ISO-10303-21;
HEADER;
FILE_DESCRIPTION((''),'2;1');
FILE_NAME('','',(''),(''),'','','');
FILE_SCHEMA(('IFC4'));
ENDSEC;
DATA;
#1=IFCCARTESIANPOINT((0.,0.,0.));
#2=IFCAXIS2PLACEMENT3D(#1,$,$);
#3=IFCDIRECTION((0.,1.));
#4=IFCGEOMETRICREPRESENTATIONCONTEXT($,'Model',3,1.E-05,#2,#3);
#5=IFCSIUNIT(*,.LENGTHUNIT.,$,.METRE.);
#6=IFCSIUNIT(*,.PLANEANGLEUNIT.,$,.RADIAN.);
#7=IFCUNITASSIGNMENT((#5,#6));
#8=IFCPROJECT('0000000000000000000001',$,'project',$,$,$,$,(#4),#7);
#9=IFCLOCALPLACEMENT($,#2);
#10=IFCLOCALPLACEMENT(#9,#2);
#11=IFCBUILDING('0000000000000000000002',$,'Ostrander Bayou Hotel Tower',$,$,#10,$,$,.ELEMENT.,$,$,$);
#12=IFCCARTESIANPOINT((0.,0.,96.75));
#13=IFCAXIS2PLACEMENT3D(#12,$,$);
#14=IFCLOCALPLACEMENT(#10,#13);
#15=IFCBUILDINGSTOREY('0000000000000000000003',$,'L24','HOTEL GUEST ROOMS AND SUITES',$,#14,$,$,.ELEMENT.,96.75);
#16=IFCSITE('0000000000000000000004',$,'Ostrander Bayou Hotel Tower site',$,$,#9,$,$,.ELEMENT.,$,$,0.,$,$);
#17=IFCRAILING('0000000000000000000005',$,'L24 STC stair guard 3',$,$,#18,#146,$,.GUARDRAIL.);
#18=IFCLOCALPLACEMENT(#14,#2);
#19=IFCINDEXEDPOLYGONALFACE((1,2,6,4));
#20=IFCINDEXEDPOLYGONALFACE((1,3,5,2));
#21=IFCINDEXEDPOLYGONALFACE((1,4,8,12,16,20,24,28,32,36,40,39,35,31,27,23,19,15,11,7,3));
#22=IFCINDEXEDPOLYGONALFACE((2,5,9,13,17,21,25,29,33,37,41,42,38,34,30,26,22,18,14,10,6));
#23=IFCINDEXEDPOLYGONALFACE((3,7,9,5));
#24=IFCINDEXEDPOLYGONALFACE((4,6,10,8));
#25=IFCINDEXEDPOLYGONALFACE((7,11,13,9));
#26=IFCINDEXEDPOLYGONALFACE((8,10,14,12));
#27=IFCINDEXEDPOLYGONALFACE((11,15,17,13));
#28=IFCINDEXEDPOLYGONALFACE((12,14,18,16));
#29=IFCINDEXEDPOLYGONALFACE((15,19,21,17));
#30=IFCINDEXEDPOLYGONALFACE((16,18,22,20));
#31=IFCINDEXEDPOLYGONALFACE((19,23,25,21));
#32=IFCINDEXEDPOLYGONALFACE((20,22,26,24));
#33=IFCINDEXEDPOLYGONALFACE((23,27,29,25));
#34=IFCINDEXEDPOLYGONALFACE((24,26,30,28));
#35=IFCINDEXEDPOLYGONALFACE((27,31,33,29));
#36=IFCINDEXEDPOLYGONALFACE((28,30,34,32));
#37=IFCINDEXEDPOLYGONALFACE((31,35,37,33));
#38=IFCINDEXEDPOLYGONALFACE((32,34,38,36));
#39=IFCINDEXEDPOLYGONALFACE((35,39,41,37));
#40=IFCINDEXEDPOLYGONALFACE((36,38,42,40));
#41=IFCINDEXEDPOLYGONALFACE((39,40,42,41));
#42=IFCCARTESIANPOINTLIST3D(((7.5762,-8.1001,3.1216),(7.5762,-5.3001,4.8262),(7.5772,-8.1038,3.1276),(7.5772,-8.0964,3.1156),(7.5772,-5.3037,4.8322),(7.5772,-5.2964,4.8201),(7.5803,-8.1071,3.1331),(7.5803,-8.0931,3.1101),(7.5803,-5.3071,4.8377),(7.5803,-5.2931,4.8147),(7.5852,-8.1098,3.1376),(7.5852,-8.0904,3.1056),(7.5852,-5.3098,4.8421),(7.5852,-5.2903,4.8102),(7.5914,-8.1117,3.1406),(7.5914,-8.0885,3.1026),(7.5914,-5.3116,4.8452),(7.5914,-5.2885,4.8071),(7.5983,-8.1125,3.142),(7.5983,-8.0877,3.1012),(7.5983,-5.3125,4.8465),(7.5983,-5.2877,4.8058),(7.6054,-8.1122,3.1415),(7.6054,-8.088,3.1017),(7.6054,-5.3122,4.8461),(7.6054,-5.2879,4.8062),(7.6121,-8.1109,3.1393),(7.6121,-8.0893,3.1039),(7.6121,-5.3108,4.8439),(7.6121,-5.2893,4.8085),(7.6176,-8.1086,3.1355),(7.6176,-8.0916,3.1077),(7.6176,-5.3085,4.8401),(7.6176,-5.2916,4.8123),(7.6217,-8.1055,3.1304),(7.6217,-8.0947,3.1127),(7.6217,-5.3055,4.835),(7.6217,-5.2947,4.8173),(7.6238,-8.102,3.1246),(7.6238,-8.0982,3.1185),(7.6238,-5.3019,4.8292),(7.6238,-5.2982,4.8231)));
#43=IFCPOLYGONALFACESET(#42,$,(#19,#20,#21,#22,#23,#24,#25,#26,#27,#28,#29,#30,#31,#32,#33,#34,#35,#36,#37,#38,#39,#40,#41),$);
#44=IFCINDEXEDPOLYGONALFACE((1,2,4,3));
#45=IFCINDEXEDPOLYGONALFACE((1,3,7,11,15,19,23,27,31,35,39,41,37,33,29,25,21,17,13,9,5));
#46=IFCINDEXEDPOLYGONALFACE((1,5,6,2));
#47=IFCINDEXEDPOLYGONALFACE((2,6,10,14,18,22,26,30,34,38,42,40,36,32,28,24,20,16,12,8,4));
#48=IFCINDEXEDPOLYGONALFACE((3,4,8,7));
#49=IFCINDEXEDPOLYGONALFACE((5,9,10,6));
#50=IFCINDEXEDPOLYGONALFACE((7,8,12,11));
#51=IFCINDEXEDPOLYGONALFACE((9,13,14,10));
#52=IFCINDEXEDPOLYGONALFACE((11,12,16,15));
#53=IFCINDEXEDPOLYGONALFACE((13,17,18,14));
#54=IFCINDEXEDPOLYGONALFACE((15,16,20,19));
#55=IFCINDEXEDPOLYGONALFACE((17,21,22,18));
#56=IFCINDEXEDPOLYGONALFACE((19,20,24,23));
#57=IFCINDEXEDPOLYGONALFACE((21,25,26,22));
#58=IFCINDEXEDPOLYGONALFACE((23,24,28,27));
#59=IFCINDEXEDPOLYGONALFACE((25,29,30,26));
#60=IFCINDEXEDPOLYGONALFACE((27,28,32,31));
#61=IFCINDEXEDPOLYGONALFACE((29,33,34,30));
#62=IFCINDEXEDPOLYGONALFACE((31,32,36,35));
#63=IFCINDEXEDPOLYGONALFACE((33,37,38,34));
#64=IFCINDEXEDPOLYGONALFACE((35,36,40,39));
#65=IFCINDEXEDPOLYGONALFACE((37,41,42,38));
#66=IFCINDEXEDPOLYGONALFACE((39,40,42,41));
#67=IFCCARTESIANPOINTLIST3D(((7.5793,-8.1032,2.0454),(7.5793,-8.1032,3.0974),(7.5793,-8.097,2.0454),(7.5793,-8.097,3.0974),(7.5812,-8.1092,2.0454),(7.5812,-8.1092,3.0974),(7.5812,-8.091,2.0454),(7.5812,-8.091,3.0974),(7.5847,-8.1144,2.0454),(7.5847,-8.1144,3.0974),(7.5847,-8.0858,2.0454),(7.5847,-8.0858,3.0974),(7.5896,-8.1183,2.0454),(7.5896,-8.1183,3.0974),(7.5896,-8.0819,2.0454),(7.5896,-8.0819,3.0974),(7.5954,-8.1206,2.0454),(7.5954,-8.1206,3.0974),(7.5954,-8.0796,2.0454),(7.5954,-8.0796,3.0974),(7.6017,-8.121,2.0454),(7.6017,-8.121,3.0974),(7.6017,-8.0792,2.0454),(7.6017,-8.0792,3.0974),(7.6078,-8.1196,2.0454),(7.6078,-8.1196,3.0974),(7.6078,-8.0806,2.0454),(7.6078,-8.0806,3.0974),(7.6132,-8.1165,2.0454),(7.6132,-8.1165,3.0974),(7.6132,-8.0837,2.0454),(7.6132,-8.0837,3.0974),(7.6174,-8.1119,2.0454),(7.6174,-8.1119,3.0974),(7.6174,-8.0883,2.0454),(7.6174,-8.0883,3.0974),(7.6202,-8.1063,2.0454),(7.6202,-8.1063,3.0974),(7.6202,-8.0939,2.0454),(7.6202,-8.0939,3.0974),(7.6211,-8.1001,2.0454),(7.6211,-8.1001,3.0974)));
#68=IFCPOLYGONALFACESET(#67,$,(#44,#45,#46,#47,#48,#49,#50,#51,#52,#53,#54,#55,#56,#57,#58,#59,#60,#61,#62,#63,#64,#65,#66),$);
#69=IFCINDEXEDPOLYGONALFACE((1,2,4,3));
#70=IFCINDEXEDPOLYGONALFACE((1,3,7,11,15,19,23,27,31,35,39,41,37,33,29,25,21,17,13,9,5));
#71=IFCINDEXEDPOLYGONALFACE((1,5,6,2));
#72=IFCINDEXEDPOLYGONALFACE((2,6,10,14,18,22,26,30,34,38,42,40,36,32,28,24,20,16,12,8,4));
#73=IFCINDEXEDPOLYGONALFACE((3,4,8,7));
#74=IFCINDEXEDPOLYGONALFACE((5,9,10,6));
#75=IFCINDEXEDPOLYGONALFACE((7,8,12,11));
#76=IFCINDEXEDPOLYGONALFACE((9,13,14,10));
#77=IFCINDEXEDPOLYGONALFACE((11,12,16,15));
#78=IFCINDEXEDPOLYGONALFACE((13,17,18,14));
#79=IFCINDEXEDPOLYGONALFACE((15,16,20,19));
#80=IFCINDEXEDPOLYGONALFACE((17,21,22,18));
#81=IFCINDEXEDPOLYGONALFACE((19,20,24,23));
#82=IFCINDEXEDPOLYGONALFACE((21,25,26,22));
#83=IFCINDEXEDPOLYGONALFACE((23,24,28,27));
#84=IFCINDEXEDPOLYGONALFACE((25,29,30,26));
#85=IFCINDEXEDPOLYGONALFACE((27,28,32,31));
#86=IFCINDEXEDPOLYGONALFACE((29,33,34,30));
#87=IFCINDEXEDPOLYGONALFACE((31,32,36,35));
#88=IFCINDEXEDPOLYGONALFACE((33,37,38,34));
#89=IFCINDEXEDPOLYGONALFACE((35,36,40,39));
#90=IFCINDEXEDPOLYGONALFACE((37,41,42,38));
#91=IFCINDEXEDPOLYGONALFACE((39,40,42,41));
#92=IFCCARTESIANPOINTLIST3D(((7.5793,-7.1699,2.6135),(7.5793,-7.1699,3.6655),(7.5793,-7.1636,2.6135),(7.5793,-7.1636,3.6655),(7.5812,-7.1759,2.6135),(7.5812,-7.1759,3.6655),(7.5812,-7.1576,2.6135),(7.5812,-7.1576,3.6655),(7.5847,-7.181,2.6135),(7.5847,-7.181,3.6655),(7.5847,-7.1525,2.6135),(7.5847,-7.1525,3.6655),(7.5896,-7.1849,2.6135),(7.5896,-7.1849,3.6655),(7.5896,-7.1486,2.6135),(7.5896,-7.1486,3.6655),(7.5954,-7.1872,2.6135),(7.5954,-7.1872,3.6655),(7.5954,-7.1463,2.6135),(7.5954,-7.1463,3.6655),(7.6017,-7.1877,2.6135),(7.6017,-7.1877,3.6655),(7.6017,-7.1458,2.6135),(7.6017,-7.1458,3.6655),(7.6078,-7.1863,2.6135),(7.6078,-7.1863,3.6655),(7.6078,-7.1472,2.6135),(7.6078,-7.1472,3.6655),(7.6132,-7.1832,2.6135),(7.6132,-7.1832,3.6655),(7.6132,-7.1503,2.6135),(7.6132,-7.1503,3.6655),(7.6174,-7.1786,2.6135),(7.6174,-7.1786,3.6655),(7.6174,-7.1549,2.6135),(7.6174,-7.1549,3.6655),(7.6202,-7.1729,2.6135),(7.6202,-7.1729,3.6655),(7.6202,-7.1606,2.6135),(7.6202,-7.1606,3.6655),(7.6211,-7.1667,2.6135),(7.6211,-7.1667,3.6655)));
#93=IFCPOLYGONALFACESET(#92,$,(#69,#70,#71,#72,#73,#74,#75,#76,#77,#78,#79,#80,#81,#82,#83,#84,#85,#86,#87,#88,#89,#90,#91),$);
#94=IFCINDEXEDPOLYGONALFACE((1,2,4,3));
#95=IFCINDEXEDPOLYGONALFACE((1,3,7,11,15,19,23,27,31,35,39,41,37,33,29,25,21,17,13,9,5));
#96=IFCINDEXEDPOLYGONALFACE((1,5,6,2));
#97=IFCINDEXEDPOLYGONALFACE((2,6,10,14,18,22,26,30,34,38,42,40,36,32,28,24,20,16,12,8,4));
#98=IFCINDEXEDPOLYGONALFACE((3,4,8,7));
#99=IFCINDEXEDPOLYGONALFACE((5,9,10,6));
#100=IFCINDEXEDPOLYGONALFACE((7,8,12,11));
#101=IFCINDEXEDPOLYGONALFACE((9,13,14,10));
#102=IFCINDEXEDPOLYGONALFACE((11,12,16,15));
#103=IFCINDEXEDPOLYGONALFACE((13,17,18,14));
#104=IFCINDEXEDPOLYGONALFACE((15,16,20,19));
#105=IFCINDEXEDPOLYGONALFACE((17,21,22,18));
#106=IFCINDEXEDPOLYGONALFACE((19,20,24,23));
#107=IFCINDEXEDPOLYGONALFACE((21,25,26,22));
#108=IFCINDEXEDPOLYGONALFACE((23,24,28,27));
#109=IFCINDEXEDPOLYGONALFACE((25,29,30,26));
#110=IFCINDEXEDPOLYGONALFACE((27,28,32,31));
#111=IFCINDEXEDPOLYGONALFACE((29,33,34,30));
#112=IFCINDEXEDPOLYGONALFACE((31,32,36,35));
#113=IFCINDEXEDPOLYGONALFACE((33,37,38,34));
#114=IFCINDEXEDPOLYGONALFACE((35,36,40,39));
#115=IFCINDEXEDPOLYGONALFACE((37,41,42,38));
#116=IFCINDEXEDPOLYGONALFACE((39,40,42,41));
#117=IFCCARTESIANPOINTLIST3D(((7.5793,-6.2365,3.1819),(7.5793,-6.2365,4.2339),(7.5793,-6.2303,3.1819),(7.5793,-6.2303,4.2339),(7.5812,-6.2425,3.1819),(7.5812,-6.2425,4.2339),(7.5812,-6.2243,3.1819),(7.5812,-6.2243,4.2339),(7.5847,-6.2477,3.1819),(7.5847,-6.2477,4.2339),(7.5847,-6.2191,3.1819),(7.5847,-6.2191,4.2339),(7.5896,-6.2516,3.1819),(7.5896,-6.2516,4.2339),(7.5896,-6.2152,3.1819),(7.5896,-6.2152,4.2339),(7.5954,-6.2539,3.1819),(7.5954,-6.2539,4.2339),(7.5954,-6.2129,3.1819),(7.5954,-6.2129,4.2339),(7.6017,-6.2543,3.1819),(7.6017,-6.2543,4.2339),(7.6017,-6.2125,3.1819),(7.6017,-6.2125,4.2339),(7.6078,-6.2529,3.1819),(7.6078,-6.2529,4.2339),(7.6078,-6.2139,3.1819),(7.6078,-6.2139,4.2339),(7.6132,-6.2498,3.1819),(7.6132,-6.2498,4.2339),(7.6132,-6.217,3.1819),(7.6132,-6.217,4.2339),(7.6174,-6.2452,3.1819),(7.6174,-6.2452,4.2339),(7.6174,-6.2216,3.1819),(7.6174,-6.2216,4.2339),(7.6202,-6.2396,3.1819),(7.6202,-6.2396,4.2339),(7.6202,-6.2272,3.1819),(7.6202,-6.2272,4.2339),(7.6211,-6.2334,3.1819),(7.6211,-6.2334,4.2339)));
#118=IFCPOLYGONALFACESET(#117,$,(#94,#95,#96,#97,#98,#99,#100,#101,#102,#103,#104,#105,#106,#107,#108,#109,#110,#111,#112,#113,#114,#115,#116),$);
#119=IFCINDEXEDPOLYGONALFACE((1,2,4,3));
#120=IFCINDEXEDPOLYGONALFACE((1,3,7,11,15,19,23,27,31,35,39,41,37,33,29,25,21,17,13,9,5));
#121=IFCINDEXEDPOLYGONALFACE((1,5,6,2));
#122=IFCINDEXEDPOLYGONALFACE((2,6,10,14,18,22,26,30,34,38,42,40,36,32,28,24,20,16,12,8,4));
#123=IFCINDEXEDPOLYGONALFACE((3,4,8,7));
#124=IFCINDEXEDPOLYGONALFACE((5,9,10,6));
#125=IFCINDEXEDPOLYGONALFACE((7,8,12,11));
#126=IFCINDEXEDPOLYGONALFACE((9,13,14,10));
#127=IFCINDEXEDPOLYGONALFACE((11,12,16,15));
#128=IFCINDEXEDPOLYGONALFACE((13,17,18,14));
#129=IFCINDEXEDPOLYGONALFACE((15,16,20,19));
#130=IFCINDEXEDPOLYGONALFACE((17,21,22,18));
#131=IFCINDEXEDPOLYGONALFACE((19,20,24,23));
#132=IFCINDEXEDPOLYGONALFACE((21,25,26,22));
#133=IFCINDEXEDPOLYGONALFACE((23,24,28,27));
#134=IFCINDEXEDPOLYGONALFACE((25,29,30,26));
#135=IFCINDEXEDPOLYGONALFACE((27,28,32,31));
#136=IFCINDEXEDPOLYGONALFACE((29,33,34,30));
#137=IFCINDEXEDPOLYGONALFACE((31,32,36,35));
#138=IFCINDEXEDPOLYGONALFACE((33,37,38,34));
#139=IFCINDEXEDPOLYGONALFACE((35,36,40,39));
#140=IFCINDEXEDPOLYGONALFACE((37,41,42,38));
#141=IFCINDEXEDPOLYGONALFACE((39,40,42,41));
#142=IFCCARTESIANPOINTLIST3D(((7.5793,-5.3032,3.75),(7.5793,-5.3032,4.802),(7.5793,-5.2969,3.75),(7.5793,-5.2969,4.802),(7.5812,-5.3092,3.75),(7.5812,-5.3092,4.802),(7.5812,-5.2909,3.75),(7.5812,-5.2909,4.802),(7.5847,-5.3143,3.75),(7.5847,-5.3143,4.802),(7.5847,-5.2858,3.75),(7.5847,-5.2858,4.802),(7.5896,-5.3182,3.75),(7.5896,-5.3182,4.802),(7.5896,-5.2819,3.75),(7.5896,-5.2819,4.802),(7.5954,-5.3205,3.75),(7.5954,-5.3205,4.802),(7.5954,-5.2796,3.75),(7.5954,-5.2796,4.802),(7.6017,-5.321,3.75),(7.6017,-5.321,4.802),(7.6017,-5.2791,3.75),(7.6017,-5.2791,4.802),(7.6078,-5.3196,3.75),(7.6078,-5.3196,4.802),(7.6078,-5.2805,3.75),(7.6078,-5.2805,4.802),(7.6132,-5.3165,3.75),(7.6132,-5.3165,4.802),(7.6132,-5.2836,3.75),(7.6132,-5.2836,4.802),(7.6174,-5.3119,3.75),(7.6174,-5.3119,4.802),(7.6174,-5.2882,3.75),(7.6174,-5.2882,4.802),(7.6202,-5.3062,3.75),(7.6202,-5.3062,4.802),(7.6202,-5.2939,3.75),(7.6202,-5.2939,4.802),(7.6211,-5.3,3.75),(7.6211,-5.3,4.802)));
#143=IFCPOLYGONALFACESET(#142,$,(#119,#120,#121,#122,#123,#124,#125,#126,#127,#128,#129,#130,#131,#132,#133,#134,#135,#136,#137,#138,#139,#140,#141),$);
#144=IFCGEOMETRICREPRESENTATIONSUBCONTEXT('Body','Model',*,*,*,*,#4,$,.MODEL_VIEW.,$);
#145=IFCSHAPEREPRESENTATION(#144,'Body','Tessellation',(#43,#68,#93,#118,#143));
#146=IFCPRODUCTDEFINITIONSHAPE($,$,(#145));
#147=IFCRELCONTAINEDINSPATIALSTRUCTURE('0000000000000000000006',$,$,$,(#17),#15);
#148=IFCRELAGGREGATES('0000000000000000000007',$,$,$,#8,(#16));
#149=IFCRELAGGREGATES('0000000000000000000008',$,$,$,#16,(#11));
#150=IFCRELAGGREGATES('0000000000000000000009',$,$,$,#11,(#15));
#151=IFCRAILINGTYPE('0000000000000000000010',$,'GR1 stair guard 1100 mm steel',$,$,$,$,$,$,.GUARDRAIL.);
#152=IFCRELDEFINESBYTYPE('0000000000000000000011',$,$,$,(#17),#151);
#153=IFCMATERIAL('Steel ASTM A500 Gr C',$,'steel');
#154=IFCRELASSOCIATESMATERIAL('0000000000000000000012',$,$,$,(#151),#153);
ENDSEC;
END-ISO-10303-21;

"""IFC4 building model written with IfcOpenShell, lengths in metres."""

from ifc_helpers import new_model, si_unit, direction, frame, origin, origin_2d, place, context, subcontext, project, spatial, circle, extrude, material, type_object, element, save


model = new_model("IFC4")

# Units and contexts
model_context = context("Model", 3, precision=1e-05, world=origin(), true_north=direction((0.0, 1.0)))
body_context = subcontext(model_context, "Body", "Model", "MODEL_VIEW")
ifc_project = project(units=[si_unit("LENGTHUNIT", "METRE"), si_unit("PLANEANGLEUNIT", "RADIAN")], contexts=[model_context])

# Site, building, storey
site_placement = place(None, origin())
site = spatial("IfcSite", under=ifc_project, at=site_placement, Name="Ostrander Bayou Hotel Tower site", CompositionType="ELEMENT", RefElevation=0.0)
building_placement = place(site_placement, origin())
building = spatial("IfcBuilding", under=site, at=building_placement, Name="Ostrander Bayou Hotel Tower", CompositionType="ELEMENT")
storey_placement = place(building_placement, frame((0.0, 0.0, 96.75)))
storey = spatial("IfcBuildingStorey", under=building, at=storey_placement, Name="L24", Description="HOTEL GUEST ROOMS AND SUITES", CompositionType="ELEMENT", Elevation=96.75)

# Railing
ifc_material_1 = material(Name="Steel ASTM A500 Gr C", Category="steel")
railing_type_1 = type_object("IfcRailingType", Name="GR1 stair guard 1100 mm steel", PredefinedType="GUARDRAIL", material=ifc_material_1)
railing_1_placement = place(storey_placement, frame((7.6001, -8.1001, 2.0454)))
element("IfcRailing", 1, at=railing_1_placement, inside=storey, type_object=railing_type_1, Name="L24 STC stair guard 3", PredefinedType="GUARDRAIL", context=body_context, shape_type="SweptSolid", body=[
    extrude(circle(Radius=0.0239, at=origin_2d()), frame((0.0, 0.0, 1.0762), z_axis=(0.0, 0.85417, 0.519994), x_axis=(-1.0, 0.0, 0.0)), (0.0, 0.0, 1.0), 3.2781),
    extrude(circle(Radius=0.021, at=origin_2d()), origin(), (0.0, 0.0, 1.0), 1.052),
    extrude(circle(Radius=0.021, at=origin_2d()), frame((0.0, 0.9333, 0.5681)), (0.0, 0.0, 1.0), 1.052),
    extrude(circle(Radius=0.021, at=origin_2d()), frame((0.0, 1.8667, 1.1365)), (0.0, 0.0, 1.0), 1.052),
    extrude(circle(Radius=0.021, at=origin_2d()), frame((0.0, 2.8, 1.7046)), (0.0, 0.0, 1.0), 1.052),
])

save(model, "model.ifc")
